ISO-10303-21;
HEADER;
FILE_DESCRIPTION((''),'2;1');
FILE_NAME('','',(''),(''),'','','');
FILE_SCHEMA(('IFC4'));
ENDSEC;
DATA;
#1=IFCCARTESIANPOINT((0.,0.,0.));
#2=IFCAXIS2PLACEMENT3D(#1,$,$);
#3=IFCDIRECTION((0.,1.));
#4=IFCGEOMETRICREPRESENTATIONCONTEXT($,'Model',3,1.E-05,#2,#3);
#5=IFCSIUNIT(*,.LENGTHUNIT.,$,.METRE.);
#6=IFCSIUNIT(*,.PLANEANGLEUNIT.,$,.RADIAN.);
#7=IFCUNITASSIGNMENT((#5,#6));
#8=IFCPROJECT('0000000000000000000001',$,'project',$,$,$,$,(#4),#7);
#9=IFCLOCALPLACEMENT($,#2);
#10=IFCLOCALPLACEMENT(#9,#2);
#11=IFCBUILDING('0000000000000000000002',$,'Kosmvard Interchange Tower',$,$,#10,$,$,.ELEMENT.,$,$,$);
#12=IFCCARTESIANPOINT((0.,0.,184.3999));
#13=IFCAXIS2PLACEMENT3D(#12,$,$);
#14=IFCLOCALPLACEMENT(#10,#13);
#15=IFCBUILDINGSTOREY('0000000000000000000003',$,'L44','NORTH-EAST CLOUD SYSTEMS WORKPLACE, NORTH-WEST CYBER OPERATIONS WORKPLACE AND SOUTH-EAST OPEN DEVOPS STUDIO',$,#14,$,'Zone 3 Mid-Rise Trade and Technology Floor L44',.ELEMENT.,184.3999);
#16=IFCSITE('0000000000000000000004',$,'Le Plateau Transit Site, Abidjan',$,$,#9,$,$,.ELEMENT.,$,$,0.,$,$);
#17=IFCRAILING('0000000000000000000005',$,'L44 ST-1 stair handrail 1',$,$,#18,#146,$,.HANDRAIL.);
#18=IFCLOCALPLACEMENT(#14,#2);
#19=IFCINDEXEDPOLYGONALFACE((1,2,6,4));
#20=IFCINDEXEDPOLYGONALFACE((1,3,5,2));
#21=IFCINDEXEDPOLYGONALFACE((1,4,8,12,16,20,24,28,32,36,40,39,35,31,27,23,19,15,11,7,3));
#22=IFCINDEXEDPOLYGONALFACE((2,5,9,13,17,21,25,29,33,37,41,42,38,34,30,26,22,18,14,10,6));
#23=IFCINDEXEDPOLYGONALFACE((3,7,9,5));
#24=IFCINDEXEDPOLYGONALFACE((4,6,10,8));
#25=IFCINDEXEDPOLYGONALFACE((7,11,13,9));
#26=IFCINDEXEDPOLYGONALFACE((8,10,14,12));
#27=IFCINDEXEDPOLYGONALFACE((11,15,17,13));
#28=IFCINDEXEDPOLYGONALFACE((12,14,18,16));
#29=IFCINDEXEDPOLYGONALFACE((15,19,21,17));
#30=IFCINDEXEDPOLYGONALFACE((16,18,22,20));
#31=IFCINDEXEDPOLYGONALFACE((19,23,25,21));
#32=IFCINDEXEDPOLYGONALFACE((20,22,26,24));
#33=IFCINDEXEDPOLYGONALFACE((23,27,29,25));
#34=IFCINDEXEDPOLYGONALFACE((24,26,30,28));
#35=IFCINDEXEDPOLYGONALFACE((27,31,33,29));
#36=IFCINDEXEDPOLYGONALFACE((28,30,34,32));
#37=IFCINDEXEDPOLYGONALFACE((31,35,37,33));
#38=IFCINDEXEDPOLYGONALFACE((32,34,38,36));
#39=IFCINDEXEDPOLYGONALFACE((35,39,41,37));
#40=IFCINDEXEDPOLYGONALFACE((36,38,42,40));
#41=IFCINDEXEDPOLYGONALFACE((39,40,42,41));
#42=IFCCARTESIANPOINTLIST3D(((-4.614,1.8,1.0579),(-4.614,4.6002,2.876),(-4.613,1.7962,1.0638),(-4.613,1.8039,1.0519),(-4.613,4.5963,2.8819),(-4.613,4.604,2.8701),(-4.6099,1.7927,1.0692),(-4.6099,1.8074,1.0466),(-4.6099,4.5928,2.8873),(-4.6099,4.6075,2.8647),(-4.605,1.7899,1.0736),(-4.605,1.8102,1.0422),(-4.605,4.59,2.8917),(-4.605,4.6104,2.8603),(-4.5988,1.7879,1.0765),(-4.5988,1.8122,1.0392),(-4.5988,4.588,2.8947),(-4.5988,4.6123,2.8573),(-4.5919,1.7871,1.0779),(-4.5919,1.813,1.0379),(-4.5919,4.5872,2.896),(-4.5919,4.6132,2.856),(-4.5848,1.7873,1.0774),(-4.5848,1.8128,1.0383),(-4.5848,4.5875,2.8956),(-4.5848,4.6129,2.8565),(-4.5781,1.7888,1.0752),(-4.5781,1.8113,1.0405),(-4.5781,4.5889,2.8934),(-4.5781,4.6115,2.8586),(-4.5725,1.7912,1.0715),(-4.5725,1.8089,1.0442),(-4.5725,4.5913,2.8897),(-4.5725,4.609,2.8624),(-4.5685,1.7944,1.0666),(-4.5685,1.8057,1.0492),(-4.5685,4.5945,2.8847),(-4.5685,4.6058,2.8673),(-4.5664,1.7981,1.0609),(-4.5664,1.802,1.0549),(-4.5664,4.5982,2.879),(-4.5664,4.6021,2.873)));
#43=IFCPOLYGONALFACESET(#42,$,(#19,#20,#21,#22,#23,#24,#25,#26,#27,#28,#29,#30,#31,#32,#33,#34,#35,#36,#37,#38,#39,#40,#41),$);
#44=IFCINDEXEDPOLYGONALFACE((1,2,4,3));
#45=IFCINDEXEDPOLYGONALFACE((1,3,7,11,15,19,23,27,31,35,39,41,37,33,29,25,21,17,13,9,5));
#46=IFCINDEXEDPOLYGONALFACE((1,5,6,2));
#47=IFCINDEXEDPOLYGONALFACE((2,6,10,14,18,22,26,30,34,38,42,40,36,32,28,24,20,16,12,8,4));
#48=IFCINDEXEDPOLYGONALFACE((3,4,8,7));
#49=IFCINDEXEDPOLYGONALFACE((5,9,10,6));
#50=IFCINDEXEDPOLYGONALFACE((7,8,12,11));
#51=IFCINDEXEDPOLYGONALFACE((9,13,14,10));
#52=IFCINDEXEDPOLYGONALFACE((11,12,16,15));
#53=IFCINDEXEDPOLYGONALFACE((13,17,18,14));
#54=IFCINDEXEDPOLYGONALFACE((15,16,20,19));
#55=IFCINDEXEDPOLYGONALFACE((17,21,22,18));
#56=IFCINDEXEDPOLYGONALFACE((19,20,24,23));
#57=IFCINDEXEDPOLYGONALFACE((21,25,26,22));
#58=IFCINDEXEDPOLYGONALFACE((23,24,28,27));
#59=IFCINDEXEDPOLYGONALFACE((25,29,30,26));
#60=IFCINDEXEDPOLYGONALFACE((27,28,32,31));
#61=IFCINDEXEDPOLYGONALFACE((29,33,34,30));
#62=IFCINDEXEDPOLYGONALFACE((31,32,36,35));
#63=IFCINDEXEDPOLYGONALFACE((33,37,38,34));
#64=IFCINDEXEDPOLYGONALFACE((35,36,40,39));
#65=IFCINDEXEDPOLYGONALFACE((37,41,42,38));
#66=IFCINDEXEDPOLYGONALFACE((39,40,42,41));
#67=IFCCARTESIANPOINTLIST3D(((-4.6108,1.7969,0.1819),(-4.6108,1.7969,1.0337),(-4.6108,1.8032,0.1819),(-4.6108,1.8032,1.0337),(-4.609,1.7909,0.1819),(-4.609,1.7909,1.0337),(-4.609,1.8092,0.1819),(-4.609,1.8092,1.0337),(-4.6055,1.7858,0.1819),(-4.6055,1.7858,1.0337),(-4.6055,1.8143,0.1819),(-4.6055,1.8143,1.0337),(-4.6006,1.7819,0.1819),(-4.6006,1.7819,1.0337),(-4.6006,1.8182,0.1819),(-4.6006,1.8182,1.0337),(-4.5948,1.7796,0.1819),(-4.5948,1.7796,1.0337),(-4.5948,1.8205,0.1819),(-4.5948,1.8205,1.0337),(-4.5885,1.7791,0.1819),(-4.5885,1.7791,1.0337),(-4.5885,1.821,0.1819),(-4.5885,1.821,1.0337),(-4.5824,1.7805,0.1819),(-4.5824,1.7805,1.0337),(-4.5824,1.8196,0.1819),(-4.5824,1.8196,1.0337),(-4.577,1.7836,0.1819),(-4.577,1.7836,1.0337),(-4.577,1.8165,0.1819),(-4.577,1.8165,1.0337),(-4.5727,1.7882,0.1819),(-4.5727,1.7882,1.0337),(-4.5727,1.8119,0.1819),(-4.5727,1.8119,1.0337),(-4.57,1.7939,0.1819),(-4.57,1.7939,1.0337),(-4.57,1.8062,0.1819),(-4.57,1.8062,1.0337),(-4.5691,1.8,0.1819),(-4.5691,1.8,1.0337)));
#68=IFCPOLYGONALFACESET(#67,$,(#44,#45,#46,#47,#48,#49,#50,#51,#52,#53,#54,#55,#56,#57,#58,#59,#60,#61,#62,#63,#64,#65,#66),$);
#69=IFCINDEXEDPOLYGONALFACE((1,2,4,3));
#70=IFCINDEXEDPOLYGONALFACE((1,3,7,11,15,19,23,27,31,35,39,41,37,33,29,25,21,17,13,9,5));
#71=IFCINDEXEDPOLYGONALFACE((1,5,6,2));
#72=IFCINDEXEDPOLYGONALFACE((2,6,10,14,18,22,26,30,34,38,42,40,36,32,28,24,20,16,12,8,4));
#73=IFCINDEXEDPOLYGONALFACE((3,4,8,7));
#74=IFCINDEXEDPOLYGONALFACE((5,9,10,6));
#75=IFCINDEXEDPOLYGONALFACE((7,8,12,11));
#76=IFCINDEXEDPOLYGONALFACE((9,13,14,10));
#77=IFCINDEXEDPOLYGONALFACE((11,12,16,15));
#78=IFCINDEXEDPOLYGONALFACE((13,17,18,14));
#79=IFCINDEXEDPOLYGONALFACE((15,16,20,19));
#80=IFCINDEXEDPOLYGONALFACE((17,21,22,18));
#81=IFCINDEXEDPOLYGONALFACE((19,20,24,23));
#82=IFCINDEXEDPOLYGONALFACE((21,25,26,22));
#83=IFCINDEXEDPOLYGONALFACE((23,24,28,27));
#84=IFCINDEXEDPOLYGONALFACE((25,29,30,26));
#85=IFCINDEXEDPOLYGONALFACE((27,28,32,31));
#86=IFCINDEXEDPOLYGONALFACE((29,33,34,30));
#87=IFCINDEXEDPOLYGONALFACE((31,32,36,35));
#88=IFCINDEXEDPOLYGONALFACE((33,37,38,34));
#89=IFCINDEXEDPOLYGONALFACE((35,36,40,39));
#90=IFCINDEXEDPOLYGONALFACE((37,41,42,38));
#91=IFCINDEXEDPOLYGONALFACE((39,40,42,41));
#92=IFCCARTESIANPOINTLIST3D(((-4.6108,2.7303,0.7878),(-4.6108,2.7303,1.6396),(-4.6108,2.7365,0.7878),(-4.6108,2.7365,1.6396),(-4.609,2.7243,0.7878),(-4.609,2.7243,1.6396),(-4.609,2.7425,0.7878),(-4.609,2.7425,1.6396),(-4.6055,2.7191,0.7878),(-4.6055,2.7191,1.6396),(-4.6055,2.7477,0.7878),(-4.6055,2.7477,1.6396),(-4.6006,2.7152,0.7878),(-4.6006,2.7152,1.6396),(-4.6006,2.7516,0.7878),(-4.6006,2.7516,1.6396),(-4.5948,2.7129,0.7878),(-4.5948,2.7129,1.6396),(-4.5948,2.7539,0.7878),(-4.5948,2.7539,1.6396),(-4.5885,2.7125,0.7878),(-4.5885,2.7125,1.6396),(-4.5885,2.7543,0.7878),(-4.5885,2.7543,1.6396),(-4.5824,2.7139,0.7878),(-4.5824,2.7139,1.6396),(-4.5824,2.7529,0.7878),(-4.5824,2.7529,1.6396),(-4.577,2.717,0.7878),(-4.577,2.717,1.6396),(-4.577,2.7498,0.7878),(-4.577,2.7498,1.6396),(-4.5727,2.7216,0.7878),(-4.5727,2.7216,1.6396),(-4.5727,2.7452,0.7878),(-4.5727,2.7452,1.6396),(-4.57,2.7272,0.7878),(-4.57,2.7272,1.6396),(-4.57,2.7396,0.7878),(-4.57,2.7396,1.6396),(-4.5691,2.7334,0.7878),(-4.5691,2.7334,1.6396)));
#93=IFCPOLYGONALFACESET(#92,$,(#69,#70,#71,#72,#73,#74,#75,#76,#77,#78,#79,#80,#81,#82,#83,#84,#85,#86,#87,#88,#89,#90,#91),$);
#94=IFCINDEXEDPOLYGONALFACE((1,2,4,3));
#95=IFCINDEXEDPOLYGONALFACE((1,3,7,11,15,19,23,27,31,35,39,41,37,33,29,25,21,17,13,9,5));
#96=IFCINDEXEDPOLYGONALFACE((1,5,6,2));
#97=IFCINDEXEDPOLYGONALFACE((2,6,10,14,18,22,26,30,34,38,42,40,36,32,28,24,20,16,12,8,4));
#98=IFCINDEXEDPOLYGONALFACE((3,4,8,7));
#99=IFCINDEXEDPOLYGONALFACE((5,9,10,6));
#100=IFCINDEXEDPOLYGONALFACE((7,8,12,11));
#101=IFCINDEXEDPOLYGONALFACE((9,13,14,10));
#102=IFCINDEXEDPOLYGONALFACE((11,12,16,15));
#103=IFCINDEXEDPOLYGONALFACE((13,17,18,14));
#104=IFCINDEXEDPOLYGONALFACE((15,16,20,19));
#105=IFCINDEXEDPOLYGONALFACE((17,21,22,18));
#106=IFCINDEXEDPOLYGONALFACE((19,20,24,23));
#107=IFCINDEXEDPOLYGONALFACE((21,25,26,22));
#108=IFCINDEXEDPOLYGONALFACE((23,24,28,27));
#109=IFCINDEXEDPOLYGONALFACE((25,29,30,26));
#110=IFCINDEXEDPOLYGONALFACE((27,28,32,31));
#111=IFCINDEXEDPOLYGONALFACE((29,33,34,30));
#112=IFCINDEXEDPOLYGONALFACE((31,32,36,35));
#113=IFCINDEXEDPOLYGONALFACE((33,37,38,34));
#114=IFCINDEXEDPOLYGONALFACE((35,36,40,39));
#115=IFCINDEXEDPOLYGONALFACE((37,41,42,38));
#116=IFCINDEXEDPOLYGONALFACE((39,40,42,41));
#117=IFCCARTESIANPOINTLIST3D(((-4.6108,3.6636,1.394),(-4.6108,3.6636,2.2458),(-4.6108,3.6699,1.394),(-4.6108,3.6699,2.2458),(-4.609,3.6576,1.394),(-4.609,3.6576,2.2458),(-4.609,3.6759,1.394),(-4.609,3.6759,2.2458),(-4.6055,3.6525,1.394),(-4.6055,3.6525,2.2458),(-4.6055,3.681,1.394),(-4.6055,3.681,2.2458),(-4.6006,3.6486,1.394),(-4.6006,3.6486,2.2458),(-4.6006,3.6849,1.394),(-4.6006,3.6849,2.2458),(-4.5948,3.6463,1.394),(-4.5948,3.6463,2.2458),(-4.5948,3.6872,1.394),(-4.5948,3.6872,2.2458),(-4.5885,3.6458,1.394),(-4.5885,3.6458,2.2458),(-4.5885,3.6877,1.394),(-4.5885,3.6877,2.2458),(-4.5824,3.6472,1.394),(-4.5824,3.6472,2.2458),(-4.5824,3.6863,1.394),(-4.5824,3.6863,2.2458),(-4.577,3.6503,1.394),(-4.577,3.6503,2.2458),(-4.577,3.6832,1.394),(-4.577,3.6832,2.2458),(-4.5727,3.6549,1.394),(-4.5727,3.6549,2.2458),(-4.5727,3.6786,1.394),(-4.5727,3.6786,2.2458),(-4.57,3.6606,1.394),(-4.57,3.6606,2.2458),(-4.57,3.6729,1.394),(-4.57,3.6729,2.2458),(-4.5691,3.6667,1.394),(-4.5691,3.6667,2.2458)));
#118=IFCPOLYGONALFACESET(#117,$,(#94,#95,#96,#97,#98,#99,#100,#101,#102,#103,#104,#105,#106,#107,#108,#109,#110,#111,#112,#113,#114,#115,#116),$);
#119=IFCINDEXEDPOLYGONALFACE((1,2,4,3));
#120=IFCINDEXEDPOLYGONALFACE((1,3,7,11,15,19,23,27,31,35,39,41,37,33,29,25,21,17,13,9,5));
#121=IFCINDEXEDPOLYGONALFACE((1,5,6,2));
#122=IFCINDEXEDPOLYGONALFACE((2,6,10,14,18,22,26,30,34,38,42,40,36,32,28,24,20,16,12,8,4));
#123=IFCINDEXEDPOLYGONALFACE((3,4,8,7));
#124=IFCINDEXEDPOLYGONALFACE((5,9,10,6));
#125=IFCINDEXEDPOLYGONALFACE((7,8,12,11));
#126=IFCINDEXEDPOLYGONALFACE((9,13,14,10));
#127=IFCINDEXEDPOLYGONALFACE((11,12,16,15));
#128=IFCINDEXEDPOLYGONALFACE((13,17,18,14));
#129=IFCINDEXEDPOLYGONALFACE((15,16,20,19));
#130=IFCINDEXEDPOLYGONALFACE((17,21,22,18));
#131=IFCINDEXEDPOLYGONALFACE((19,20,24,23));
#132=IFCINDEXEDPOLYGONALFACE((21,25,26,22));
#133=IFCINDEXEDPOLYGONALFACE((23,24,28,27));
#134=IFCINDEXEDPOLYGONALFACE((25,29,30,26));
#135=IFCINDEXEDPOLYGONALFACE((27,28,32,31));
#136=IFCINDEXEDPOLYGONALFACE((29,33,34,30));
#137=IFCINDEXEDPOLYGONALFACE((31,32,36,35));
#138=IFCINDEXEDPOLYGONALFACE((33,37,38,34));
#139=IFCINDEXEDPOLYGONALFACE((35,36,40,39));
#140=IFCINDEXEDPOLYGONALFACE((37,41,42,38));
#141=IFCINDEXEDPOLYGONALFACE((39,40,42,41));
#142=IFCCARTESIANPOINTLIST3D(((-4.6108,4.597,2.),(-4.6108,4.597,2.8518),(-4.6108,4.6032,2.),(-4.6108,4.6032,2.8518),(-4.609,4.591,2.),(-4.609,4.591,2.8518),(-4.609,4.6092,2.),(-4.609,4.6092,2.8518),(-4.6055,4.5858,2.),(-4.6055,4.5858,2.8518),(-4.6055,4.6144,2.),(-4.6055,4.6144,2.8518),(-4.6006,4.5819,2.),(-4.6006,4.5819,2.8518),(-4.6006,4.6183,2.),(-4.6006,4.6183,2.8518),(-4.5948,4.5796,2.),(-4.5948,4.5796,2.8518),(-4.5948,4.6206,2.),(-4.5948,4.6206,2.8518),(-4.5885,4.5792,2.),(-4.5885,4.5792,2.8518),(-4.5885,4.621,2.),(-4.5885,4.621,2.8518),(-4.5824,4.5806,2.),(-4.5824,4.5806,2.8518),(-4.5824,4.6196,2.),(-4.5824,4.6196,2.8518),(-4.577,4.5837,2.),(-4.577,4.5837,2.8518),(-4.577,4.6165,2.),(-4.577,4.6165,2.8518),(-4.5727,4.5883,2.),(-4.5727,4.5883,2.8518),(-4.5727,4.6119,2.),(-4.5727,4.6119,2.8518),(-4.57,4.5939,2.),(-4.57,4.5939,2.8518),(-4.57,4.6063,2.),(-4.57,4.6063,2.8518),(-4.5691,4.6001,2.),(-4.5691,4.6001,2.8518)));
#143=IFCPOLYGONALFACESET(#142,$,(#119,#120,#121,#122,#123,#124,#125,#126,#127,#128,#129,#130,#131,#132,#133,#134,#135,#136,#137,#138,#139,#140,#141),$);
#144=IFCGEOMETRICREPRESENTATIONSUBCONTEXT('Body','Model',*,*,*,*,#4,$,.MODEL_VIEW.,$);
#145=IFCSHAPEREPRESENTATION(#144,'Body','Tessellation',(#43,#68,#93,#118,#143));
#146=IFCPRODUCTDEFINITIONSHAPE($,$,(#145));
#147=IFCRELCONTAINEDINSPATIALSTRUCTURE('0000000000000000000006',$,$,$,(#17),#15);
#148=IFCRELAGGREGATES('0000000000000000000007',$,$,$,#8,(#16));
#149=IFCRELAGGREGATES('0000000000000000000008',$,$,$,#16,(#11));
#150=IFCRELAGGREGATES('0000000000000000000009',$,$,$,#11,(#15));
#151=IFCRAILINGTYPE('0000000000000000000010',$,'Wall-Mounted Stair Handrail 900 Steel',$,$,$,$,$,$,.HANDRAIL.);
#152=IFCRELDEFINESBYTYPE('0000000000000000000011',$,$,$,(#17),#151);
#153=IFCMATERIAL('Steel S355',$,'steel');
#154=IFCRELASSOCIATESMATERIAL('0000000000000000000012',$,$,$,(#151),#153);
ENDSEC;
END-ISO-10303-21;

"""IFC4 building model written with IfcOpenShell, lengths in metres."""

from ifc_helpers import new_model, si_unit, direction, frame, origin, origin_2d, place, context, subcontext, project, spatial, circle, extrude, source, transform, mapped, material, type_object, element, save


model = new_model("IFC4")

# Units and contexts
model_context = context("Model", 3, precision=1e-05, world=origin(), true_north=direction((0.0, 1.0)))
body_context = subcontext(model_context, "Body", "Model", "MODEL_VIEW")
ifc_project = project(units=[si_unit("LENGTHUNIT", "METRE"), si_unit("PLANEANGLEUNIT", "RADIAN")], contexts=[model_context])

# Site, building, storey
site_placement = place(None, origin())
site = spatial("IfcSite", under=ifc_project, at=site_placement, Name="Le Plateau Transit Site, Abidjan", CompositionType="ELEMENT", RefElevation=0.0)
building_placement = place(site_placement, origin())
building = spatial("IfcBuilding", under=site, at=building_placement, Name="Kosmvard Interchange Tower", CompositionType="ELEMENT")
storey_placement = place(building_placement, frame((0.0, 0.0, 184.3999)))
storey = spatial("IfcBuildingStorey", under=building, at=storey_placement, Name="L44", Description="NORTH-EAST CLOUD SYSTEMS WORKPLACE, NORTH-WEST CYBER OPERATIONS WORKPLACE AND SOUTH-EAST OPEN DEVOPS STUDIO", LongName="Zone 3 Mid-Rise Trade and Technology Floor L44", CompositionType="ELEMENT", Elevation=184.3999)

# Shared definitions
ifc_material_1 = material(Name="Steel S355", Category="steel")

# Railing
railing_type_1 = type_object("IfcRailingType", Name="Wall-Mounted Stair Handrail 900 Steel", PredefinedType="HANDRAIL", material=ifc_material_1)
shared_shape_1 = source(origin(), body_context, "Body", "SweptSolid", [
    extrude(circle(Radius=0.0239, at=origin_2d()), frame((0.0, 0.0, 0.876), z_axis=(0.0, 0.838706, 0.544585), x_axis=(-1.0, 0.0, 0.0)), (0.0, 0.0, 1.0), 3.3386),
    extrude(circle(Radius=0.021, at=origin_2d()), origin(), (0.0, 0.0, 1.0), 0.8518),
    extrude(circle(Radius=0.021, at=origin_2d()), frame((0.0, 0.9333, 0.606)), (0.0, 0.0, 1.0), 0.8518),
    extrude(circle(Radius=0.021, at=origin_2d()), frame((0.0, 1.8667, 1.2122)), (0.0, 0.0, 1.0), 0.8518),
    extrude(circle(Radius=0.021, at=origin_2d()), frame((0.0, 2.8, 1.8181)), (0.0, 0.0, 1.0), 0.8518),
])
railing_1_placement = place(storey_placement, frame((-4.5901, 1.8, 0.1819)))
element("IfcRailing", 1, at=railing_1_placement, inside=storey, type_object=railing_type_1, Name="L44 ST-1 stair handrail 1", PredefinedType="HANDRAIL", context=body_context, shape_type="MappedRepresentation", body=[
    mapped(shared_shape_1, transform((0.0, 0.0, 0.0), scale=1.0)),
])

save(model, "model.ifc")
